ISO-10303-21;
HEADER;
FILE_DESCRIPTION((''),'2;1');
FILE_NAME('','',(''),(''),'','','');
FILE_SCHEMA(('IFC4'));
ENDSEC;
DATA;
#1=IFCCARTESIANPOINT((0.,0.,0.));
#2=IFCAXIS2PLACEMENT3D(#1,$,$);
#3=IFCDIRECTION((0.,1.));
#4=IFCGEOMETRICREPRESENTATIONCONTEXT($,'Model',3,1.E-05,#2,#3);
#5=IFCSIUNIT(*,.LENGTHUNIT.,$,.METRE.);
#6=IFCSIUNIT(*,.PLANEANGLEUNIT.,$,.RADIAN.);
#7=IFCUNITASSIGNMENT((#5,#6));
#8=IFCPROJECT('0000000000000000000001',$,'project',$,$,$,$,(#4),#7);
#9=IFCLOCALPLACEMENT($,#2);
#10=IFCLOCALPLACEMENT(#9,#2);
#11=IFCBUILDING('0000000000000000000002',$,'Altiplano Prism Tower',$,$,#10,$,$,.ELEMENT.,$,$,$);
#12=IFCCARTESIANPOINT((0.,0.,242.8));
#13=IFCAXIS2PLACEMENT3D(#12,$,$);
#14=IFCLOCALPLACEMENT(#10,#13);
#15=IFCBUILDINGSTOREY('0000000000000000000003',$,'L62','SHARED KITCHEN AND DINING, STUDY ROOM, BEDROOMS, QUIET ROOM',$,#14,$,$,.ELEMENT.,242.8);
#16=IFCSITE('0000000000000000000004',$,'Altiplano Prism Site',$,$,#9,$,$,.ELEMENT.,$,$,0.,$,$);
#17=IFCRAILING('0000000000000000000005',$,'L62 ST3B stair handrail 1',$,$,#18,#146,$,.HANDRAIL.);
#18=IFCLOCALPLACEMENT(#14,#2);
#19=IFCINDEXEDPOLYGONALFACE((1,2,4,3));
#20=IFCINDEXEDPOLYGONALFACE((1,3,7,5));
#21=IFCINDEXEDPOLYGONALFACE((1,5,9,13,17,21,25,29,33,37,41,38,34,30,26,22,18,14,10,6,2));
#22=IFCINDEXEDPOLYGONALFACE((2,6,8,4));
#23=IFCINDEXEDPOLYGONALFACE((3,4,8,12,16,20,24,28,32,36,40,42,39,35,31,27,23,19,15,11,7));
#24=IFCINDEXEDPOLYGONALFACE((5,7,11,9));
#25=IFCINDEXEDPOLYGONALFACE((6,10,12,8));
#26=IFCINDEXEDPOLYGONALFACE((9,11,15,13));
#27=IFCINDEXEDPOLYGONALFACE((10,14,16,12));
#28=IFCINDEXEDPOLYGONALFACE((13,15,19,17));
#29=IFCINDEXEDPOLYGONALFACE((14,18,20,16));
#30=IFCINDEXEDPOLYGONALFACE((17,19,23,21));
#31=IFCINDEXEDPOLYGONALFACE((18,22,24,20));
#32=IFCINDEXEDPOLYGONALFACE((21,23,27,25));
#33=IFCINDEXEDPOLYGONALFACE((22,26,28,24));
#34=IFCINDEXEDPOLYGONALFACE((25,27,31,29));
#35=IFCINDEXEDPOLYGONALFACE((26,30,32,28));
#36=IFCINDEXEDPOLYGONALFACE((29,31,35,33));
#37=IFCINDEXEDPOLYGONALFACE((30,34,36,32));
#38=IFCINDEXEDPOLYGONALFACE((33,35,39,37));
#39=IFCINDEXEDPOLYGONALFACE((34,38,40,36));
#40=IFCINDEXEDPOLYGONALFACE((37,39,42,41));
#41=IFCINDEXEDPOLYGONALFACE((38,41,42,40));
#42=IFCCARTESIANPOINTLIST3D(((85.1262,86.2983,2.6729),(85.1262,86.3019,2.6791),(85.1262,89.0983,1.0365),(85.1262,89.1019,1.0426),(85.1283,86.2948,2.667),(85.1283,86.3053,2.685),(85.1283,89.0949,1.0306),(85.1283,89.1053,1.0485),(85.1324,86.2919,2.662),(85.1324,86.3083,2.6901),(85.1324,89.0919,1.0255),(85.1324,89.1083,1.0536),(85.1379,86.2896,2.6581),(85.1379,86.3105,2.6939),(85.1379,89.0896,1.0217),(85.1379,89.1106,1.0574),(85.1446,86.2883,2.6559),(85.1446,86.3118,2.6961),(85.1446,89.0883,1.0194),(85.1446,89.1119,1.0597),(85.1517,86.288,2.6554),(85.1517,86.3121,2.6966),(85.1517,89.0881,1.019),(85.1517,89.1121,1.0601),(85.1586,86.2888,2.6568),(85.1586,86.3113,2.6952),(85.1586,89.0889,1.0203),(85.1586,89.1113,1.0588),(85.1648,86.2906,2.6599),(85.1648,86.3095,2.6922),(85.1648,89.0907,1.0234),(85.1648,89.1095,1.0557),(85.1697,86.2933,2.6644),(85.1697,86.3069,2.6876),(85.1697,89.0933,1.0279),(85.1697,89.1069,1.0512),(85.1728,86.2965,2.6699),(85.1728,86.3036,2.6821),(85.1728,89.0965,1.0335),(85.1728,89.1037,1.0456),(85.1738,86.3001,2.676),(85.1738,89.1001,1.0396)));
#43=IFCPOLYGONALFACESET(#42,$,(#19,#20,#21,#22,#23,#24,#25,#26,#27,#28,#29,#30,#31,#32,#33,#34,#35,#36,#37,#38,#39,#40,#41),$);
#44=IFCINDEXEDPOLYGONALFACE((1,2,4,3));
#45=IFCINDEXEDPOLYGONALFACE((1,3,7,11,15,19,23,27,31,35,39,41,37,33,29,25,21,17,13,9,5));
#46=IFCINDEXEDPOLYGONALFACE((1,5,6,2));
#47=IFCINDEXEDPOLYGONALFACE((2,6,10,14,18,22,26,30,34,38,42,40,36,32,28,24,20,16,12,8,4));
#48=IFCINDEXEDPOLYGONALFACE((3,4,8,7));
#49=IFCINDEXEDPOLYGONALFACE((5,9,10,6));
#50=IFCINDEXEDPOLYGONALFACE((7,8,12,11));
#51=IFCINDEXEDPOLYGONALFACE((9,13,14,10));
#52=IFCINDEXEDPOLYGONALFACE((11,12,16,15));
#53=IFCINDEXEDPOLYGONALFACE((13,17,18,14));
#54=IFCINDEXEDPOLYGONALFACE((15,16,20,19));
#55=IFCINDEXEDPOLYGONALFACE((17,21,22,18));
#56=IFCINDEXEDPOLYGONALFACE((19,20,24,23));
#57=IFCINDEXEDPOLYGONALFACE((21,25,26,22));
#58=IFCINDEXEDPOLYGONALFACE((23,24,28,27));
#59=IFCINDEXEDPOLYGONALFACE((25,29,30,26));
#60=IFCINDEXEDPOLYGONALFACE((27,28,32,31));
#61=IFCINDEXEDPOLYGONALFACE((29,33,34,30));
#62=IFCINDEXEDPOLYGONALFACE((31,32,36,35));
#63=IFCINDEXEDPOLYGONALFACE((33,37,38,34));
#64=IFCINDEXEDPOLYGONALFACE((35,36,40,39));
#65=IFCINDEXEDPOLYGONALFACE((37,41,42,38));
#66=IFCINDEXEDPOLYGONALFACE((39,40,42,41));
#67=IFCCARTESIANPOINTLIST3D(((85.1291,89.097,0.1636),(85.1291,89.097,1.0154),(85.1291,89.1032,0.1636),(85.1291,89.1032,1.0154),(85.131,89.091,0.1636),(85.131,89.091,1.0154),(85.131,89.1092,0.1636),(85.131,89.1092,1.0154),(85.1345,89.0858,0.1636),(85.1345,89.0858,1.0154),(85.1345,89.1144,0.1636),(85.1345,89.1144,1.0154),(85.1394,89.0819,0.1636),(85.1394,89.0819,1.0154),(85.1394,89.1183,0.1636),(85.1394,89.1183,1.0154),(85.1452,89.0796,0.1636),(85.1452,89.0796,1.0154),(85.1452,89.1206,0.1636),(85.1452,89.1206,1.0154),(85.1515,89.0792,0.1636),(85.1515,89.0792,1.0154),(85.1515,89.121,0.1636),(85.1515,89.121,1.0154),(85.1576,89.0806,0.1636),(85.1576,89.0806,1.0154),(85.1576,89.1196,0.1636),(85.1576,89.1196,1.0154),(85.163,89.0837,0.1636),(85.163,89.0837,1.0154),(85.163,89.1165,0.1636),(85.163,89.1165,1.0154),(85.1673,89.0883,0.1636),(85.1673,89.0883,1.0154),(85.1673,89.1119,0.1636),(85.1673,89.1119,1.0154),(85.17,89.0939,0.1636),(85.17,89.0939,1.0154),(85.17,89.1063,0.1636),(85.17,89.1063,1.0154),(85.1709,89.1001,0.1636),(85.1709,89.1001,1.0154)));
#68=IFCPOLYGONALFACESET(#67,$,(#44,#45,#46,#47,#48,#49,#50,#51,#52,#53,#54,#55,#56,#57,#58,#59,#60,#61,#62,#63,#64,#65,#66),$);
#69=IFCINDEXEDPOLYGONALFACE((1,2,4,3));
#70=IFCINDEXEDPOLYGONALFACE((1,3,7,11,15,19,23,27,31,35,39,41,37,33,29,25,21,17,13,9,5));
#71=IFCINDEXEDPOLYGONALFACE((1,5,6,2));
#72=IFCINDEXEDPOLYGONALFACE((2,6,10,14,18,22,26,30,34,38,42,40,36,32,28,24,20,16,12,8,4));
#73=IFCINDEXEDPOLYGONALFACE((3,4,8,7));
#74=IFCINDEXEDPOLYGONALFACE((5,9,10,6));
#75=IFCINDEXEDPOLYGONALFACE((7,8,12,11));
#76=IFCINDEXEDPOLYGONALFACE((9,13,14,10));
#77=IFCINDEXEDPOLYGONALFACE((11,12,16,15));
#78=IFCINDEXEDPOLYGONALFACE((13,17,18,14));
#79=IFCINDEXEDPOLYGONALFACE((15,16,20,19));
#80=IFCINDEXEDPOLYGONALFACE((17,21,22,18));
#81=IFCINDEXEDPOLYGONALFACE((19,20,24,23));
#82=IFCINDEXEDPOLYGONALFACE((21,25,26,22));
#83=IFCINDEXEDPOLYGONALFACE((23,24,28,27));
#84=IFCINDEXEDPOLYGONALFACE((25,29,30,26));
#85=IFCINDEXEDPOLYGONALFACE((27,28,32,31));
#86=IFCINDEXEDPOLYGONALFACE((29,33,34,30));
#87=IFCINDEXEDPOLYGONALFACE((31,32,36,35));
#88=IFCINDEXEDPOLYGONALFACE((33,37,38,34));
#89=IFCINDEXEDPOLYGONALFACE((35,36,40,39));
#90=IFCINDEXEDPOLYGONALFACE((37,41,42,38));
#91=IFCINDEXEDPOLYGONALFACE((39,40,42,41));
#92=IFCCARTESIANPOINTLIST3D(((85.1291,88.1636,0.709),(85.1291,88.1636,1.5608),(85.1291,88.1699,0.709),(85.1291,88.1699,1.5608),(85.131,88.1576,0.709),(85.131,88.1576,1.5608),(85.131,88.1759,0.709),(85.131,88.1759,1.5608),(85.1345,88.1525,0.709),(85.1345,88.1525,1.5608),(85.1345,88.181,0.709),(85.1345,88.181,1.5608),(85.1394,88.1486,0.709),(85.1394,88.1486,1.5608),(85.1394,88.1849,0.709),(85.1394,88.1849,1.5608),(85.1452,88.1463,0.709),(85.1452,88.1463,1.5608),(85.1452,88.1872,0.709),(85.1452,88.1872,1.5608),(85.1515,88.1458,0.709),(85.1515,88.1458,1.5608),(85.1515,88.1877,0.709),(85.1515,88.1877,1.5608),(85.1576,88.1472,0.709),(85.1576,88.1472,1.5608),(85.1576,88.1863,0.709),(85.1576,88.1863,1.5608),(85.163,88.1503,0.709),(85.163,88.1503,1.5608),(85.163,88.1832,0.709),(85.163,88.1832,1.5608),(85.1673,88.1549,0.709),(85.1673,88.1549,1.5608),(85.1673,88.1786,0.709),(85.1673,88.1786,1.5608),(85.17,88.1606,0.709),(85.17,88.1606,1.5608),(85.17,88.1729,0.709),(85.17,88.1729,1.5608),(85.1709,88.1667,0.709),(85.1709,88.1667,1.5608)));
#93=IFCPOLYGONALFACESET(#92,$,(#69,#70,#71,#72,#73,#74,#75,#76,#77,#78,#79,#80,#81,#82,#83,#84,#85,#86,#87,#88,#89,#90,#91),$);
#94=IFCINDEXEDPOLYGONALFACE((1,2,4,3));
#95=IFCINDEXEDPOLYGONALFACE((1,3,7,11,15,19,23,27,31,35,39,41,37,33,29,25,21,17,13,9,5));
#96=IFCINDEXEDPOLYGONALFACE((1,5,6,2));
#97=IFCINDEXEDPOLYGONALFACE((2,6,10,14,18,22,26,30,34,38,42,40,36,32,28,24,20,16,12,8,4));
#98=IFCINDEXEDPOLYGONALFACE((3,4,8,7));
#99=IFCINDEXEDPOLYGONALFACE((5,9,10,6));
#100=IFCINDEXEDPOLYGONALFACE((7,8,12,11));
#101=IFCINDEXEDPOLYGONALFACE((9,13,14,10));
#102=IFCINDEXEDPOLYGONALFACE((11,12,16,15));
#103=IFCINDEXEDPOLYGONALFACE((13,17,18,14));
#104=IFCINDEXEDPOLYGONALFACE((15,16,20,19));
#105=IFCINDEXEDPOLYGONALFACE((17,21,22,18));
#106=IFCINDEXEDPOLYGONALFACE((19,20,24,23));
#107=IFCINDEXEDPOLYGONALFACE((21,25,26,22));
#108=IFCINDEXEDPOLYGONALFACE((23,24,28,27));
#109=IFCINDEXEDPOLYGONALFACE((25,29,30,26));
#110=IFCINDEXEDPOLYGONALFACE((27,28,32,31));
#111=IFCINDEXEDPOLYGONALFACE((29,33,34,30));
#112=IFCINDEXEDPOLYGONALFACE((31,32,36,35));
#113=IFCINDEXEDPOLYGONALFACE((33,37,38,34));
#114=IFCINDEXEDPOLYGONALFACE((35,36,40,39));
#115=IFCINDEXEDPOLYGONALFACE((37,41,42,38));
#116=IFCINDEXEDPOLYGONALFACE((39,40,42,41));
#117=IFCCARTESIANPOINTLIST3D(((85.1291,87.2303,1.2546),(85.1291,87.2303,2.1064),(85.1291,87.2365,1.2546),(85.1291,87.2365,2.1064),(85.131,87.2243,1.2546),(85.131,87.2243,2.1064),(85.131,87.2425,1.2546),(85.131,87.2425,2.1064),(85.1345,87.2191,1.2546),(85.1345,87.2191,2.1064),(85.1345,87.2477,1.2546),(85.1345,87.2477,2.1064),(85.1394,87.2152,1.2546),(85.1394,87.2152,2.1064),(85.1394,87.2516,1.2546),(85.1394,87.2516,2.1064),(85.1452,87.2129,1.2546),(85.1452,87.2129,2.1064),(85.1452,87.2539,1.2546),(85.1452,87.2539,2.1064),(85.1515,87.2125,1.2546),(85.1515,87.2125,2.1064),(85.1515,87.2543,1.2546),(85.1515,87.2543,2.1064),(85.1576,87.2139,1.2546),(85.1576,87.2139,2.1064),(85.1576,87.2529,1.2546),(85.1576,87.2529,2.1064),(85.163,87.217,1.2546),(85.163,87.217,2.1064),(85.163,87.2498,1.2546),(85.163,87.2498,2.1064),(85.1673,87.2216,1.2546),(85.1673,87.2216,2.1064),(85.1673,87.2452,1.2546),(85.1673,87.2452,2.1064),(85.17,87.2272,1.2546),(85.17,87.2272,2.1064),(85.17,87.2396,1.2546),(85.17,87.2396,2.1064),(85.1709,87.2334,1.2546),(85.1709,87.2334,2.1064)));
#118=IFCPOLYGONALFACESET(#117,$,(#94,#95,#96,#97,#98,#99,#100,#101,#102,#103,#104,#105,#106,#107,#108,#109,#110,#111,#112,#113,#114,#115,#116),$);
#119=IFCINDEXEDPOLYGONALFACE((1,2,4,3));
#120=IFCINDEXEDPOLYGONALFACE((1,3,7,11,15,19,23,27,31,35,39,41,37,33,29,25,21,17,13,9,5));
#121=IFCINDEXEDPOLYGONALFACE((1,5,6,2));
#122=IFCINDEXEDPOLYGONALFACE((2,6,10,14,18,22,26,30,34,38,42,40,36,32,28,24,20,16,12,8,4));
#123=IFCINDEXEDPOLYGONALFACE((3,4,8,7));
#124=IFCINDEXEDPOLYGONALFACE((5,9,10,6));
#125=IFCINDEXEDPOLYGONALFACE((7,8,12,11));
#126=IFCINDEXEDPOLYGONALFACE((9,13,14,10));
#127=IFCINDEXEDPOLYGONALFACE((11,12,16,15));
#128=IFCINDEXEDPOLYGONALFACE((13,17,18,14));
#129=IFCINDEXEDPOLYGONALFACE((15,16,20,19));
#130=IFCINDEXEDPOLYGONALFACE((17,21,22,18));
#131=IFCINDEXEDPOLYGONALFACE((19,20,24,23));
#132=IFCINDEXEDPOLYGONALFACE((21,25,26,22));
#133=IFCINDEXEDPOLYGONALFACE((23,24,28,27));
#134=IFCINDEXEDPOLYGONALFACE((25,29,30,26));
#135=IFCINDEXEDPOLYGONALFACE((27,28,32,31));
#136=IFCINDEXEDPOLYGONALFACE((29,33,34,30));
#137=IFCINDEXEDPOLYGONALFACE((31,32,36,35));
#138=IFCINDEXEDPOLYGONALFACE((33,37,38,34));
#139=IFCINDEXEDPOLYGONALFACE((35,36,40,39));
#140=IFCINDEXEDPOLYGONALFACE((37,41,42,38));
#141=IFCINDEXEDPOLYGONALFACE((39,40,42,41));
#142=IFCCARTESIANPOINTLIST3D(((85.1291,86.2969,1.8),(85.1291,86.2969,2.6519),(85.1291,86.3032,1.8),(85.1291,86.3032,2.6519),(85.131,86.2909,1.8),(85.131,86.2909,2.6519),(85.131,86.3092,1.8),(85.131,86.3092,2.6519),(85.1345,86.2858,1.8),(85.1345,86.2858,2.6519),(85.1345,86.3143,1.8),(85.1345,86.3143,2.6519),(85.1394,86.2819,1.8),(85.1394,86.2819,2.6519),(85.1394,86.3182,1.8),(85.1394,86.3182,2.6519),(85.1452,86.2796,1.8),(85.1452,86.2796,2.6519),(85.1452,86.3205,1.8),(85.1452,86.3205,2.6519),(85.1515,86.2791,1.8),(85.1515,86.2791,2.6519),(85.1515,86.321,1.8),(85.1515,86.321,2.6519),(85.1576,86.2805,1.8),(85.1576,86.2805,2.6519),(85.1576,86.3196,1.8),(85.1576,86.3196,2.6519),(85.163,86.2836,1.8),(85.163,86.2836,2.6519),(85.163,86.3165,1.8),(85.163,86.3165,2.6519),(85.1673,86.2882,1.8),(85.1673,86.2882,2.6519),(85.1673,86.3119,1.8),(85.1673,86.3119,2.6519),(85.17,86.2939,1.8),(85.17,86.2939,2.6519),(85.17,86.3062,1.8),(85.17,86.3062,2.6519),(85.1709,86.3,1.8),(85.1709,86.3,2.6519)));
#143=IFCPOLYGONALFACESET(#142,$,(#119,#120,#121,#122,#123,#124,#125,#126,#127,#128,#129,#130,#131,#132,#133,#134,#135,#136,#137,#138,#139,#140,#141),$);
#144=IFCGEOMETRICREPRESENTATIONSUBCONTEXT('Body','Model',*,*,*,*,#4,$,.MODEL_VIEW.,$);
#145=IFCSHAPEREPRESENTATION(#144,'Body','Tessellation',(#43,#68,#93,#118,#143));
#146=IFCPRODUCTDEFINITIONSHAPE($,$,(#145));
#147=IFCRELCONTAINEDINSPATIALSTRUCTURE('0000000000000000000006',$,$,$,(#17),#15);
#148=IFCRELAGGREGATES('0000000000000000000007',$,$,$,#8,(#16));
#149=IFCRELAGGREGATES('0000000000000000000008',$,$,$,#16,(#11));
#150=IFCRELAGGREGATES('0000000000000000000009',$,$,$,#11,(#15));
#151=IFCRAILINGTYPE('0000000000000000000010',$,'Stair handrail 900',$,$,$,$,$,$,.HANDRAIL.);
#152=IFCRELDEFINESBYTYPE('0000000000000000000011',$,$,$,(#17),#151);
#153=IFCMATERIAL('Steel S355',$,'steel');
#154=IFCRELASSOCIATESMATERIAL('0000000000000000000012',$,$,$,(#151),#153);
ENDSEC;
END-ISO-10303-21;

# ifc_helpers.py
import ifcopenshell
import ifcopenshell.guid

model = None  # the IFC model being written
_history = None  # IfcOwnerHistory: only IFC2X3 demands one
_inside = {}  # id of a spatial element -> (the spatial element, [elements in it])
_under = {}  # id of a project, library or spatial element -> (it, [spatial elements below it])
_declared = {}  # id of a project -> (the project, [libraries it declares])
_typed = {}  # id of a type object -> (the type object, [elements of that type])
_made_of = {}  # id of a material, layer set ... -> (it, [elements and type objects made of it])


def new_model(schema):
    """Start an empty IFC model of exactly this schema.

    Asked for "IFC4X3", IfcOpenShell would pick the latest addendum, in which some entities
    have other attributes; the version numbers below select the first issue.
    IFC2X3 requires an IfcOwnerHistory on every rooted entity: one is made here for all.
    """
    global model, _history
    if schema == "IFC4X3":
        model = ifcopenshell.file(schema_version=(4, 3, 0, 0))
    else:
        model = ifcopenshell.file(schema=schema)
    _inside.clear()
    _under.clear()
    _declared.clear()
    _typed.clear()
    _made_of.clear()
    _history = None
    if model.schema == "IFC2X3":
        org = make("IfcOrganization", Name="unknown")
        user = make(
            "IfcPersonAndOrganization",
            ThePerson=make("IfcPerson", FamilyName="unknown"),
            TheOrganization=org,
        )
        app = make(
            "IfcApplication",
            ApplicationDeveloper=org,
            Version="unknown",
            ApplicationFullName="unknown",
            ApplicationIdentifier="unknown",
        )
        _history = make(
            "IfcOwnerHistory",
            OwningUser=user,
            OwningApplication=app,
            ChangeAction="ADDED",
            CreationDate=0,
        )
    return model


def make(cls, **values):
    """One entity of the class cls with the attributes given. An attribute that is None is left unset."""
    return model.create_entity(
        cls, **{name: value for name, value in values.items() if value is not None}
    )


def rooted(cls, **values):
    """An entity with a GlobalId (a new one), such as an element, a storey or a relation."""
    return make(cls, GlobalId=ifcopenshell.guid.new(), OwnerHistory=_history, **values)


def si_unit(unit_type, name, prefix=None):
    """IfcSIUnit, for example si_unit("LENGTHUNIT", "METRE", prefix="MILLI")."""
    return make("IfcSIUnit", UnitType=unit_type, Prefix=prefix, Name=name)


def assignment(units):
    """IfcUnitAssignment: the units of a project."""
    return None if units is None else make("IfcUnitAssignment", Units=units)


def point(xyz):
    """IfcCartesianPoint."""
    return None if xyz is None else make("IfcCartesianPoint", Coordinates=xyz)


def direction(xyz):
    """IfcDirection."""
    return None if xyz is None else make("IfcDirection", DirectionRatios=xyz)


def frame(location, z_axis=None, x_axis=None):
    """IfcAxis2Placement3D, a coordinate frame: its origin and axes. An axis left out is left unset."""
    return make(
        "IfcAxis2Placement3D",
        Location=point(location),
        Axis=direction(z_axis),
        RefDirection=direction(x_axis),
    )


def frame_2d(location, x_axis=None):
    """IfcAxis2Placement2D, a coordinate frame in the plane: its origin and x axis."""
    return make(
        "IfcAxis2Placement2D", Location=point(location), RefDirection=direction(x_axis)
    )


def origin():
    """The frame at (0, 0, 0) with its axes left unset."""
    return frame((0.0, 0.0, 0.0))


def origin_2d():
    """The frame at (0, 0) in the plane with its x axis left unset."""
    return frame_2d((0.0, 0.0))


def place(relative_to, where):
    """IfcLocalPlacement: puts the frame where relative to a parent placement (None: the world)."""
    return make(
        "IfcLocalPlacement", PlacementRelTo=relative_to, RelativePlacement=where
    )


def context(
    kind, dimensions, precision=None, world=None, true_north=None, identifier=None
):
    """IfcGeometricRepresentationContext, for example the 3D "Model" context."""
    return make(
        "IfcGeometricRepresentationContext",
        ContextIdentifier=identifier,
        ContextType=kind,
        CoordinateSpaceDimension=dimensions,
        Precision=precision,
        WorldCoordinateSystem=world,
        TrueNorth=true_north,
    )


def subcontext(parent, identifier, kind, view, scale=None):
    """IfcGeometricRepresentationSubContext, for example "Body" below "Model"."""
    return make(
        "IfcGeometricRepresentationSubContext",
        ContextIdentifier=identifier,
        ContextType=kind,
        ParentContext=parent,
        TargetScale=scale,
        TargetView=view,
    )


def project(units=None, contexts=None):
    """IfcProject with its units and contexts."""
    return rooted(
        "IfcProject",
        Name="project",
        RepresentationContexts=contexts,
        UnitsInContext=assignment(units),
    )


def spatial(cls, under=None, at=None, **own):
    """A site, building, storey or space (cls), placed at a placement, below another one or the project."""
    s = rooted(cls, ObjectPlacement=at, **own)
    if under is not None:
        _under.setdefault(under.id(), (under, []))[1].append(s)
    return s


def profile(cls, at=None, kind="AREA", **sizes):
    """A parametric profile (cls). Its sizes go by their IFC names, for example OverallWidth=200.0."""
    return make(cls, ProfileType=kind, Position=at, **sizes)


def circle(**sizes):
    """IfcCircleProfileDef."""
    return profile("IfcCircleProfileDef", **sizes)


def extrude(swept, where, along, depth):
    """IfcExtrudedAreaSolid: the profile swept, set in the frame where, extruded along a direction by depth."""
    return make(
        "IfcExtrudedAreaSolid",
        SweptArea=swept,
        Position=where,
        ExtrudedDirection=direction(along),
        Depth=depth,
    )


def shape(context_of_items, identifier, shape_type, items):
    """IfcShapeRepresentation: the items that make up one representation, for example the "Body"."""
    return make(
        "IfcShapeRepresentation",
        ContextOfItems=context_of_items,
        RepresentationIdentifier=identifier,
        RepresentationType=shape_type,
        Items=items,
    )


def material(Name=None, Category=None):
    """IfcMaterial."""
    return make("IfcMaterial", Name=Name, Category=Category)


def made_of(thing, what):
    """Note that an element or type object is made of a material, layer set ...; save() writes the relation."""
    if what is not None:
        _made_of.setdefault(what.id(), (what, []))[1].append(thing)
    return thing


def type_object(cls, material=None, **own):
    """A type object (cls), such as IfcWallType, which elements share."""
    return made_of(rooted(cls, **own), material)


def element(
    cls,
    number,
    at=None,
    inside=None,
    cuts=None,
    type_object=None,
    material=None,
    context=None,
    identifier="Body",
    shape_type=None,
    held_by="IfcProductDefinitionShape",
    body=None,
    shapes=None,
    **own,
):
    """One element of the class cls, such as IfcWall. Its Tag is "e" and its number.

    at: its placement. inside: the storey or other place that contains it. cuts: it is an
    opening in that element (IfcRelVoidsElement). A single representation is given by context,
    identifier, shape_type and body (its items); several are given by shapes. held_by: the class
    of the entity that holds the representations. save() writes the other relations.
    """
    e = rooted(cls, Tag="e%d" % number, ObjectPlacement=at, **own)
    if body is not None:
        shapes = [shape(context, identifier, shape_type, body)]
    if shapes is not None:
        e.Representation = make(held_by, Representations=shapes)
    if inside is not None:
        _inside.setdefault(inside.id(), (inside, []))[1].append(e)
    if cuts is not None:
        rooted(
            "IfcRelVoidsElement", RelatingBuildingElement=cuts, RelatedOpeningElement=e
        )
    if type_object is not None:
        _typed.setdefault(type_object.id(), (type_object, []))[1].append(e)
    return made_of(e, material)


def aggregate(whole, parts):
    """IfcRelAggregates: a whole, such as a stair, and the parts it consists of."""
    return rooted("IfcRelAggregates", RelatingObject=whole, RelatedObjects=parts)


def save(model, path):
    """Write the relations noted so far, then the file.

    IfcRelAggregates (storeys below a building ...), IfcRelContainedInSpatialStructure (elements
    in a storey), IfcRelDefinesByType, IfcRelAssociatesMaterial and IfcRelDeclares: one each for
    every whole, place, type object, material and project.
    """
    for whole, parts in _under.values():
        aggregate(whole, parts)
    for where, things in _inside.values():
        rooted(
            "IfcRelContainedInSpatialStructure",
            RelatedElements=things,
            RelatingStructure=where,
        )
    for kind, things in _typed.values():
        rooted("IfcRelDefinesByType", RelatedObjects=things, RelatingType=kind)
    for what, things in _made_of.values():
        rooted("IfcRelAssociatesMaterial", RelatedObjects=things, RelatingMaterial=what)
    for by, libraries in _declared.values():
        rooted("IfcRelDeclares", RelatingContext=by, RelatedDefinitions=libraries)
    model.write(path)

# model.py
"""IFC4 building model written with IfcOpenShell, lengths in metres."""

from ifc_helpers import new_model, si_unit, direction, frame, origin, origin_2d, place, context, subcontext, project, spatial, circle, extrude, material, type_object, element, save


model = new_model("IFC4")

# Units and contexts
model_context = context("Model", 3, precision=1e-05, world=origin(), true_north=direction((0.0, 1.0)))
body_context = subcontext(model_context, "Body", "Model", "MODEL_VIEW")
ifc_project = project(units=[si_unit("LENGTHUNIT", "METRE"), si_unit("PLANEANGLEUNIT", "RADIAN")], contexts=[model_context])

# Site, building, storey
site_placement = place(None, origin())
site = spatial("IfcSite", under=ifc_project, at=site_placement, Name="Altiplano Prism Site", CompositionType="ELEMENT", RefElevation=0.0)
building_placement = place(site_placement, origin())
building = spatial("IfcBuilding", under=site, at=building_placement, Name="Altiplano Prism Tower", CompositionType="ELEMENT")
storey_placement = place(building_placement, frame((0.0, 0.0, 242.8)))
storey = spatial("IfcBuildingStorey", under=building, at=storey_placement, Name="L62", Description="SHARED KITCHEN AND DINING, STUDY ROOM, BEDROOMS, QUIET ROOM", CompositionType="ELEMENT", Elevation=242.8)

# Railing
ifc_material_1 = material(Name="Steel S355", Category="steel")
railing_type = type_object("IfcRailingType", Name="Stair handrail 900", PredefinedType="HANDRAIL", material=ifc_material_1)
railing_1_placement = place(storey_placement, frame((85.1499, 89.1001, 0.1636)))
element("IfcRailing", 1, at=railing_1_placement, inside=storey, type_object=railing_type, Name="L62 ST3B stair handrail 1", PredefinedType="HANDRAIL", context=body_context, shape_type="SweptSolid", body=[
    extrude(circle(Radius=0.0239, at=origin_2d()), frame((0.0, 0.0, 0.876), z_axis=(0.0, -0.863361, 0.504587), x_axis=(1.0, 0.0, 0.0)), (0.0, 0.0, 1.0), 3.2432),
    extrude(circle(Radius=0.021, at=origin_2d()), origin(), (0.0, 0.0, 1.0), 0.8518),
    extrude(circle(Radius=0.021, at=origin_2d()), frame((0.0, -0.9333, 0.5454)), (0.0, 0.0, 1.0), 0.8518),
    extrude(circle(Radius=0.021, at=origin_2d()), frame((0.0, -1.8667, 1.0911)), (0.0, 0.0, 1.0), 0.8518),
    extrude(circle(Radius=0.021, at=origin_2d()), frame((0.0, -2.8, 1.6365)), (0.0, 0.0, 1.0), 0.8518),
])

save(model, "model.ifc")
